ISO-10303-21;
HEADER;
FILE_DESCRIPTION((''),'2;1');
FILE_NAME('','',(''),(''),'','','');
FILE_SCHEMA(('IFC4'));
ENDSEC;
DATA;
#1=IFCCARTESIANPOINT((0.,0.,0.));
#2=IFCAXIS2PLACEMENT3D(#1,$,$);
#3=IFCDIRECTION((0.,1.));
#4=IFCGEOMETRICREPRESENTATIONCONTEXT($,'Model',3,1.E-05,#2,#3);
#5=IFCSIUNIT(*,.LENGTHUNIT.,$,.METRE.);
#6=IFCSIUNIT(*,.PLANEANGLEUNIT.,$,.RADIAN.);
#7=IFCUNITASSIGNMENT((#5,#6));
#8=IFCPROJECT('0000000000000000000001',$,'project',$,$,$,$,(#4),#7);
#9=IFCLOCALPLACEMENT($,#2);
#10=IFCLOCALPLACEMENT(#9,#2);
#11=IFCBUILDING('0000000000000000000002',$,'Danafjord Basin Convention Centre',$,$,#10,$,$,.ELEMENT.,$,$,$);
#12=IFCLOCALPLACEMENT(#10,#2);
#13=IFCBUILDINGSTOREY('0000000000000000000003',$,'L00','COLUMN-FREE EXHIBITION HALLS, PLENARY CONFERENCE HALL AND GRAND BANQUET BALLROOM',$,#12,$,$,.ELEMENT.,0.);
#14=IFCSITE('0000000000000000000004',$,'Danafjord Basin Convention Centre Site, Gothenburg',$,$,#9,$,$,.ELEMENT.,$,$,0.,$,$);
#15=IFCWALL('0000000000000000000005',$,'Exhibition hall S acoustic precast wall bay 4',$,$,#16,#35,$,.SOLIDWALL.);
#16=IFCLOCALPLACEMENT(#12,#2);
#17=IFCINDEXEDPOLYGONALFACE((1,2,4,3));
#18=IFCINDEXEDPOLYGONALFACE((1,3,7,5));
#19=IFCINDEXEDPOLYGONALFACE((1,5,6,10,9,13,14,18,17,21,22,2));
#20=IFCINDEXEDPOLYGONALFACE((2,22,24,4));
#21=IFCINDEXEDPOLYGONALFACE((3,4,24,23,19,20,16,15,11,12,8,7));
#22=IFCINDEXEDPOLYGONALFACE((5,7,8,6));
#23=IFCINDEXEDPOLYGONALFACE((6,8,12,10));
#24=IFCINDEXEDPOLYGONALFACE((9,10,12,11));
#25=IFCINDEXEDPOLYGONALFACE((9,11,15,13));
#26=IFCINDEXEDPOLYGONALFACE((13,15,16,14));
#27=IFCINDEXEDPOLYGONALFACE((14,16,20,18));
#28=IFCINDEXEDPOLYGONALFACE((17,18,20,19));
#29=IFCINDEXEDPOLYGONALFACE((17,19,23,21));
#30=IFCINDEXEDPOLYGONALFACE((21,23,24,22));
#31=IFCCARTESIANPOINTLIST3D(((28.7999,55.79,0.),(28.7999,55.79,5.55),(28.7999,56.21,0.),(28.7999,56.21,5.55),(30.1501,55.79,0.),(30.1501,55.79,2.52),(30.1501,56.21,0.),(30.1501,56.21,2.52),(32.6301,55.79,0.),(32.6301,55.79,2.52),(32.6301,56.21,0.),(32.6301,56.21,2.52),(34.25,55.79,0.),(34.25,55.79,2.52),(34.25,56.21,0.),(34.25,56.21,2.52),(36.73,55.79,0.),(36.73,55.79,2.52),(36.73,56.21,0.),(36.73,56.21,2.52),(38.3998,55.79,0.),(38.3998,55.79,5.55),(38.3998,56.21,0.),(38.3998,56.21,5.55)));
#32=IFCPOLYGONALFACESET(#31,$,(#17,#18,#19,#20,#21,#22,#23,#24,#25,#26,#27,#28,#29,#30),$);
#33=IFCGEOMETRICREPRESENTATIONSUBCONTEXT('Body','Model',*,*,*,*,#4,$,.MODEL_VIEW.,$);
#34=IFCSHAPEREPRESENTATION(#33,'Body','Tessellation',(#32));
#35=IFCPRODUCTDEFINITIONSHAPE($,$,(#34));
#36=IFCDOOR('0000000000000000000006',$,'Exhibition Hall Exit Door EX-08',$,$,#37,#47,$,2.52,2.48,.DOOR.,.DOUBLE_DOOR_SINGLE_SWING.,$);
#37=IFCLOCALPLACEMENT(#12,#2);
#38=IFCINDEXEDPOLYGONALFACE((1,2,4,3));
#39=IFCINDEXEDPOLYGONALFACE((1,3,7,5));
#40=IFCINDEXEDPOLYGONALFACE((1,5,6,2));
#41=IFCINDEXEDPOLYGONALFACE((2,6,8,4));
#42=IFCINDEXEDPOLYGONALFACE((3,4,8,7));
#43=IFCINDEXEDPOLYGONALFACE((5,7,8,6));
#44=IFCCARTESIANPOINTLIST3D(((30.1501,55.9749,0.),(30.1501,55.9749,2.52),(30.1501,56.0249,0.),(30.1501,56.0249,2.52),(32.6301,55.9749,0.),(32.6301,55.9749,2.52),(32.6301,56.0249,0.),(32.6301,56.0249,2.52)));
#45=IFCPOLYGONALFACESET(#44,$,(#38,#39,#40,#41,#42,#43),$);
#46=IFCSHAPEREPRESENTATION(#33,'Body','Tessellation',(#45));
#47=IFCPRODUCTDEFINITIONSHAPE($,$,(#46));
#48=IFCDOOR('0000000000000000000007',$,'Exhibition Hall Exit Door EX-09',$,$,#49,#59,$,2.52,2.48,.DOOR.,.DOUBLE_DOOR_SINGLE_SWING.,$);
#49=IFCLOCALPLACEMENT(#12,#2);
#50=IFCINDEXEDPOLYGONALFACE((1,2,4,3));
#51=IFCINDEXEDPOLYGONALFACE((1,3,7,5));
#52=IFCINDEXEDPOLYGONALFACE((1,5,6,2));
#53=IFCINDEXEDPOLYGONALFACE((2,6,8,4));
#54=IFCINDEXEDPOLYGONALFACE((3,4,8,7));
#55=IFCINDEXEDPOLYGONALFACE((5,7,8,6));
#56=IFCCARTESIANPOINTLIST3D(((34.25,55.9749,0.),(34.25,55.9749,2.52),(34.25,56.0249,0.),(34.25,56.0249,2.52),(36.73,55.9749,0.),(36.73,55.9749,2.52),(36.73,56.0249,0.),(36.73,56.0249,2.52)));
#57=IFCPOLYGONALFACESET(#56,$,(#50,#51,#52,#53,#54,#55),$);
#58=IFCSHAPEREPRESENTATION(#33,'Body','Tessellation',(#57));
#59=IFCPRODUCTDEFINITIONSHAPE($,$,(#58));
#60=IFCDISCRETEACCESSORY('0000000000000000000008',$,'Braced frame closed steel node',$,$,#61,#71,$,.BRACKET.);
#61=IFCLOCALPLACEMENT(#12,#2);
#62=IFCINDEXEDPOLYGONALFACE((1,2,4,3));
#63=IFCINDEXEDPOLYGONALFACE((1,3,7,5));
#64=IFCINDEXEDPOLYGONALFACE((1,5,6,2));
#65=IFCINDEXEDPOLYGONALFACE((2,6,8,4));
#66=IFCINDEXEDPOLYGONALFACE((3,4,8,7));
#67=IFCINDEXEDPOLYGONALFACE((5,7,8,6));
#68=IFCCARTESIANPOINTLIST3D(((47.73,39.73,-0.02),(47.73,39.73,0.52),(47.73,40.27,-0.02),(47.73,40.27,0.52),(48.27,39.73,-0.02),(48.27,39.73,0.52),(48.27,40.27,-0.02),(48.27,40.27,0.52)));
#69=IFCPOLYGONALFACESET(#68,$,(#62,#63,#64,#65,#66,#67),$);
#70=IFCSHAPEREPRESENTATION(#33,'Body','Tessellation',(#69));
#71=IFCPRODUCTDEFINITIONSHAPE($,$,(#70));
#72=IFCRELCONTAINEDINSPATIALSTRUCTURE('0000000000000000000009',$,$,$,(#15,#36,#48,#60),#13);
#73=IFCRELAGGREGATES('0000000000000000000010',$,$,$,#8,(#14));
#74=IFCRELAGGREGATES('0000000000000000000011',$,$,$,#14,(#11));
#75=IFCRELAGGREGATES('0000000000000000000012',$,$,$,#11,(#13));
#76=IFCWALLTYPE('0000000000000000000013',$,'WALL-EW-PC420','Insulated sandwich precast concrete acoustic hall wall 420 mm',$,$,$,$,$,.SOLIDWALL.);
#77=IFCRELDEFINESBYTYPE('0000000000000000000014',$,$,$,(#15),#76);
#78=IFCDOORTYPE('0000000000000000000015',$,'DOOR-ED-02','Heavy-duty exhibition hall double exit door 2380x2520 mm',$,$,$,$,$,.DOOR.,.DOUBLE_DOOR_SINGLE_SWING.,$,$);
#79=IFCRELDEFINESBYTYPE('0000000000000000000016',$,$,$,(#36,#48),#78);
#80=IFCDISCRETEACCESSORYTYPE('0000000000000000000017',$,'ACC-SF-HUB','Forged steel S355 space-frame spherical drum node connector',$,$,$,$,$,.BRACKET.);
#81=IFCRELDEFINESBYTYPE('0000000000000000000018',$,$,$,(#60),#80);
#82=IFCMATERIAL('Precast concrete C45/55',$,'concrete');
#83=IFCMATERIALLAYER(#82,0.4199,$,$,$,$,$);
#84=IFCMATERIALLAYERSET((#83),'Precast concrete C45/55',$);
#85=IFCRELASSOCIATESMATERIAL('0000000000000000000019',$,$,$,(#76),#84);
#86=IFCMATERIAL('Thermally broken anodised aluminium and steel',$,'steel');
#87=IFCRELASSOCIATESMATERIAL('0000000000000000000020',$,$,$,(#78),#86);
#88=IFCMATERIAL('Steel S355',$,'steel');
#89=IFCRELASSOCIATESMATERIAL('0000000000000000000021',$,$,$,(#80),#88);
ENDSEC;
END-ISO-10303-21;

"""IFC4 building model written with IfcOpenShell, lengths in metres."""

from ifc_helpers import new_model, si_unit, direction, frame, frame_2d, origin, origin_2d, place, context, subcontext, project, spatial, rectangle, extrude, material, layer, layer_set, type_object, element, fill, save


model = new_model("IFC4")

# Units and contexts
model_context = context("Model", 3, precision=1e-05, world=origin(), true_north=direction((0.0, 1.0)))
body_context = subcontext(model_context, "Body", "Model", "MODEL_VIEW")
ifc_project = project(units=[si_unit("LENGTHUNIT", "METRE"), si_unit("PLANEANGLEUNIT", "RADIAN")], contexts=[model_context])

# Site, building, storey
site_placement = place(None, origin())
site = spatial("IfcSite", under=ifc_project, at=site_placement, Name="Danafjord Basin Convention Centre Site, Gothenburg", CompositionType="ELEMENT", RefElevation=0.0)
building_placement = place(site_placement, origin())
building = spatial("IfcBuilding", under=site, at=building_placement, Name="Danafjord Basin Convention Centre", CompositionType="ELEMENT")
storey_placement = place(building_placement, origin())
storey = spatial("IfcBuildingStorey", under=building, at=storey_placement, Name="L00", Description="COLUMN-FREE EXHIBITION HALLS, PLENARY CONFERENCE HALL AND GRAND BANQUET BALLROOM", CompositionType="ELEMENT", Elevation=0.0)

# Shared definitions
ifc_material_1 = material(Name="Steel S355", Category="steel")

# Shared definitions
ifc_material_2 = material(Name="Thermally broken anodised aluminium and steel", Category="steel")

# Wall, openings, doors
ifc_material_3 = material(Name="Precast concrete C45/55", Category="concrete")
ifc_layer_1 = layer(ifc_material_3, 0.4199)
ifc_layer_set_1 = layer_set([ifc_layer_1], Name="Precast concrete C45/55")
wall_type_1 = type_object("IfcWallType", Name="WALL-EW-PC420", Description="Insulated sandwich precast concrete acoustic hall wall 420 mm", PredefinedType="SOLIDWALL", material=ifc_layer_set_1)
wall_1_placement = place(storey_placement, frame((28.8, 56.0, 0.0), z_axis=(0.0, 0.0, 1.0), x_axis=(1.0, 0.0, 0.0)))
wall_1 = element("IfcWall", 1, at=wall_1_placement, inside=storey, type_object=wall_type_1, Name="Exhibition hall S acoustic precast wall bay 4", PredefinedType="SOLIDWALL", context=body_context, shape_type="SweptSolid", body=[
    extrude(rectangle(XDim=9.5999, YDim=0.4199, at=frame_2d((4.7998, 0.0))), origin(), (0.0, 0.0, 1.0), 5.55),
])
opening_1_placement = place(wall_1_placement, frame((1.3501, 0.0, 0.0)))
opening_1 = element("IfcOpeningElement", 2, at=opening_1_placement, cuts=wall_1, PredefinedType="OPENING", context=body_context, shape_type="SweptSolid", body=[
    extrude(rectangle(XDim=2.48, YDim=2.52, at=frame_2d((1.24, 1.26))), frame((0.0, 0.22, 0.0), z_axis=(0.0, -1.0, 0.0), x_axis=(1.0, 0.0, 0.0)), (0.0, 0.0, 1.0), 0.4399),
])
opening_2_placement = place(wall_1_placement, frame((5.45, 0.0, 0.0)))
opening_2 = element("IfcOpeningElement", 3, at=opening_2_placement, cuts=wall_1, PredefinedType="OPENING", context=body_context, shape_type="SweptSolid", body=[
    extrude(rectangle(XDim=2.48, YDim=2.52, at=frame_2d((1.24, 1.26))), frame((0.0, 0.22, 0.0), z_axis=(0.0, -1.0, 0.0), x_axis=(1.0, 0.0, 0.0)), (0.0, 0.0, 1.0), 0.4399),
])
door_type_1 = type_object("IfcDoorType", Name="DOOR-ED-02", Description="Heavy-duty exhibition hall double exit door 2380x2520 mm", OperationType="DOUBLE_DOOR_SINGLE_SWING", PredefinedType="DOOR", material=ifc_material_2)
door_1_placement = place(opening_1_placement, origin())
door_1 = element("IfcDoor", 4, at=door_1_placement, inside=storey, type_object=door_type_1, Name="Exhibition Hall Exit Door EX-08", OperationType="DOUBLE_DOOR_SINGLE_SWING", OverallHeight=2.52, OverallWidth=2.48, PredefinedType="DOOR", context=body_context, shape_type="SweptSolid", body=[
    extrude(rectangle(XDim=2.48, YDim=2.52, at=frame_2d((1.24, 1.26))), frame((0.0, 0.0249, 0.0), z_axis=(0.0, -1.0, 0.0), x_axis=(1.0, 0.0, 0.0)), (0.0, 0.0, 1.0), 0.05),
])
fill(opening_1, door_1)
door_2_placement = place(opening_2_placement, origin())
door_2 = element("IfcDoor", 5, at=door_2_placement, inside=storey, type_object=door_type_1, Name="Exhibition Hall Exit Door EX-09", OperationType="DOUBLE_DOOR_SINGLE_SWING", OverallHeight=2.52, OverallWidth=2.48, PredefinedType="DOOR", context=body_context, shape_type="SweptSolid", body=[
    extrude(rectangle(XDim=2.48, YDim=2.52, at=frame_2d((1.24, 1.26))), frame((0.0, 0.0249, 0.0), z_axis=(0.0, -1.0, 0.0), x_axis=(1.0, 0.0, 0.0)), (0.0, 0.0, 1.0), 0.05),
])
fill(opening_2, door_2)

# Discrete accessory
discrete_accessory_type = type_object("IfcDiscreteAccessoryType", Name="ACC-SF-HUB", Description="Forged steel S355 space-frame spherical drum node connector", PredefinedType="BRACKET", material=ifc_material_1)
discrete_accessory_placement = place(storey_placement, frame((48.0, 40.0, -0.02), z_axis=(0.0, 0.0, 1.0), x_axis=(1.0, 0.0, 0.0)))
element("IfcDiscreteAccessory", 6, at=discrete_accessory_placement, inside=storey, type_object=discrete_accessory_type, Name="Braced frame closed steel node", PredefinedType="BRACKET", context=body_context, shape_type="SweptSolid", body=[
    extrude(rectangle(XDim=0.54, YDim=0.54, at=origin_2d()), origin(), (0.0, 0.0, 1.0), 0.54),
])

save(model, "model.ifc")
